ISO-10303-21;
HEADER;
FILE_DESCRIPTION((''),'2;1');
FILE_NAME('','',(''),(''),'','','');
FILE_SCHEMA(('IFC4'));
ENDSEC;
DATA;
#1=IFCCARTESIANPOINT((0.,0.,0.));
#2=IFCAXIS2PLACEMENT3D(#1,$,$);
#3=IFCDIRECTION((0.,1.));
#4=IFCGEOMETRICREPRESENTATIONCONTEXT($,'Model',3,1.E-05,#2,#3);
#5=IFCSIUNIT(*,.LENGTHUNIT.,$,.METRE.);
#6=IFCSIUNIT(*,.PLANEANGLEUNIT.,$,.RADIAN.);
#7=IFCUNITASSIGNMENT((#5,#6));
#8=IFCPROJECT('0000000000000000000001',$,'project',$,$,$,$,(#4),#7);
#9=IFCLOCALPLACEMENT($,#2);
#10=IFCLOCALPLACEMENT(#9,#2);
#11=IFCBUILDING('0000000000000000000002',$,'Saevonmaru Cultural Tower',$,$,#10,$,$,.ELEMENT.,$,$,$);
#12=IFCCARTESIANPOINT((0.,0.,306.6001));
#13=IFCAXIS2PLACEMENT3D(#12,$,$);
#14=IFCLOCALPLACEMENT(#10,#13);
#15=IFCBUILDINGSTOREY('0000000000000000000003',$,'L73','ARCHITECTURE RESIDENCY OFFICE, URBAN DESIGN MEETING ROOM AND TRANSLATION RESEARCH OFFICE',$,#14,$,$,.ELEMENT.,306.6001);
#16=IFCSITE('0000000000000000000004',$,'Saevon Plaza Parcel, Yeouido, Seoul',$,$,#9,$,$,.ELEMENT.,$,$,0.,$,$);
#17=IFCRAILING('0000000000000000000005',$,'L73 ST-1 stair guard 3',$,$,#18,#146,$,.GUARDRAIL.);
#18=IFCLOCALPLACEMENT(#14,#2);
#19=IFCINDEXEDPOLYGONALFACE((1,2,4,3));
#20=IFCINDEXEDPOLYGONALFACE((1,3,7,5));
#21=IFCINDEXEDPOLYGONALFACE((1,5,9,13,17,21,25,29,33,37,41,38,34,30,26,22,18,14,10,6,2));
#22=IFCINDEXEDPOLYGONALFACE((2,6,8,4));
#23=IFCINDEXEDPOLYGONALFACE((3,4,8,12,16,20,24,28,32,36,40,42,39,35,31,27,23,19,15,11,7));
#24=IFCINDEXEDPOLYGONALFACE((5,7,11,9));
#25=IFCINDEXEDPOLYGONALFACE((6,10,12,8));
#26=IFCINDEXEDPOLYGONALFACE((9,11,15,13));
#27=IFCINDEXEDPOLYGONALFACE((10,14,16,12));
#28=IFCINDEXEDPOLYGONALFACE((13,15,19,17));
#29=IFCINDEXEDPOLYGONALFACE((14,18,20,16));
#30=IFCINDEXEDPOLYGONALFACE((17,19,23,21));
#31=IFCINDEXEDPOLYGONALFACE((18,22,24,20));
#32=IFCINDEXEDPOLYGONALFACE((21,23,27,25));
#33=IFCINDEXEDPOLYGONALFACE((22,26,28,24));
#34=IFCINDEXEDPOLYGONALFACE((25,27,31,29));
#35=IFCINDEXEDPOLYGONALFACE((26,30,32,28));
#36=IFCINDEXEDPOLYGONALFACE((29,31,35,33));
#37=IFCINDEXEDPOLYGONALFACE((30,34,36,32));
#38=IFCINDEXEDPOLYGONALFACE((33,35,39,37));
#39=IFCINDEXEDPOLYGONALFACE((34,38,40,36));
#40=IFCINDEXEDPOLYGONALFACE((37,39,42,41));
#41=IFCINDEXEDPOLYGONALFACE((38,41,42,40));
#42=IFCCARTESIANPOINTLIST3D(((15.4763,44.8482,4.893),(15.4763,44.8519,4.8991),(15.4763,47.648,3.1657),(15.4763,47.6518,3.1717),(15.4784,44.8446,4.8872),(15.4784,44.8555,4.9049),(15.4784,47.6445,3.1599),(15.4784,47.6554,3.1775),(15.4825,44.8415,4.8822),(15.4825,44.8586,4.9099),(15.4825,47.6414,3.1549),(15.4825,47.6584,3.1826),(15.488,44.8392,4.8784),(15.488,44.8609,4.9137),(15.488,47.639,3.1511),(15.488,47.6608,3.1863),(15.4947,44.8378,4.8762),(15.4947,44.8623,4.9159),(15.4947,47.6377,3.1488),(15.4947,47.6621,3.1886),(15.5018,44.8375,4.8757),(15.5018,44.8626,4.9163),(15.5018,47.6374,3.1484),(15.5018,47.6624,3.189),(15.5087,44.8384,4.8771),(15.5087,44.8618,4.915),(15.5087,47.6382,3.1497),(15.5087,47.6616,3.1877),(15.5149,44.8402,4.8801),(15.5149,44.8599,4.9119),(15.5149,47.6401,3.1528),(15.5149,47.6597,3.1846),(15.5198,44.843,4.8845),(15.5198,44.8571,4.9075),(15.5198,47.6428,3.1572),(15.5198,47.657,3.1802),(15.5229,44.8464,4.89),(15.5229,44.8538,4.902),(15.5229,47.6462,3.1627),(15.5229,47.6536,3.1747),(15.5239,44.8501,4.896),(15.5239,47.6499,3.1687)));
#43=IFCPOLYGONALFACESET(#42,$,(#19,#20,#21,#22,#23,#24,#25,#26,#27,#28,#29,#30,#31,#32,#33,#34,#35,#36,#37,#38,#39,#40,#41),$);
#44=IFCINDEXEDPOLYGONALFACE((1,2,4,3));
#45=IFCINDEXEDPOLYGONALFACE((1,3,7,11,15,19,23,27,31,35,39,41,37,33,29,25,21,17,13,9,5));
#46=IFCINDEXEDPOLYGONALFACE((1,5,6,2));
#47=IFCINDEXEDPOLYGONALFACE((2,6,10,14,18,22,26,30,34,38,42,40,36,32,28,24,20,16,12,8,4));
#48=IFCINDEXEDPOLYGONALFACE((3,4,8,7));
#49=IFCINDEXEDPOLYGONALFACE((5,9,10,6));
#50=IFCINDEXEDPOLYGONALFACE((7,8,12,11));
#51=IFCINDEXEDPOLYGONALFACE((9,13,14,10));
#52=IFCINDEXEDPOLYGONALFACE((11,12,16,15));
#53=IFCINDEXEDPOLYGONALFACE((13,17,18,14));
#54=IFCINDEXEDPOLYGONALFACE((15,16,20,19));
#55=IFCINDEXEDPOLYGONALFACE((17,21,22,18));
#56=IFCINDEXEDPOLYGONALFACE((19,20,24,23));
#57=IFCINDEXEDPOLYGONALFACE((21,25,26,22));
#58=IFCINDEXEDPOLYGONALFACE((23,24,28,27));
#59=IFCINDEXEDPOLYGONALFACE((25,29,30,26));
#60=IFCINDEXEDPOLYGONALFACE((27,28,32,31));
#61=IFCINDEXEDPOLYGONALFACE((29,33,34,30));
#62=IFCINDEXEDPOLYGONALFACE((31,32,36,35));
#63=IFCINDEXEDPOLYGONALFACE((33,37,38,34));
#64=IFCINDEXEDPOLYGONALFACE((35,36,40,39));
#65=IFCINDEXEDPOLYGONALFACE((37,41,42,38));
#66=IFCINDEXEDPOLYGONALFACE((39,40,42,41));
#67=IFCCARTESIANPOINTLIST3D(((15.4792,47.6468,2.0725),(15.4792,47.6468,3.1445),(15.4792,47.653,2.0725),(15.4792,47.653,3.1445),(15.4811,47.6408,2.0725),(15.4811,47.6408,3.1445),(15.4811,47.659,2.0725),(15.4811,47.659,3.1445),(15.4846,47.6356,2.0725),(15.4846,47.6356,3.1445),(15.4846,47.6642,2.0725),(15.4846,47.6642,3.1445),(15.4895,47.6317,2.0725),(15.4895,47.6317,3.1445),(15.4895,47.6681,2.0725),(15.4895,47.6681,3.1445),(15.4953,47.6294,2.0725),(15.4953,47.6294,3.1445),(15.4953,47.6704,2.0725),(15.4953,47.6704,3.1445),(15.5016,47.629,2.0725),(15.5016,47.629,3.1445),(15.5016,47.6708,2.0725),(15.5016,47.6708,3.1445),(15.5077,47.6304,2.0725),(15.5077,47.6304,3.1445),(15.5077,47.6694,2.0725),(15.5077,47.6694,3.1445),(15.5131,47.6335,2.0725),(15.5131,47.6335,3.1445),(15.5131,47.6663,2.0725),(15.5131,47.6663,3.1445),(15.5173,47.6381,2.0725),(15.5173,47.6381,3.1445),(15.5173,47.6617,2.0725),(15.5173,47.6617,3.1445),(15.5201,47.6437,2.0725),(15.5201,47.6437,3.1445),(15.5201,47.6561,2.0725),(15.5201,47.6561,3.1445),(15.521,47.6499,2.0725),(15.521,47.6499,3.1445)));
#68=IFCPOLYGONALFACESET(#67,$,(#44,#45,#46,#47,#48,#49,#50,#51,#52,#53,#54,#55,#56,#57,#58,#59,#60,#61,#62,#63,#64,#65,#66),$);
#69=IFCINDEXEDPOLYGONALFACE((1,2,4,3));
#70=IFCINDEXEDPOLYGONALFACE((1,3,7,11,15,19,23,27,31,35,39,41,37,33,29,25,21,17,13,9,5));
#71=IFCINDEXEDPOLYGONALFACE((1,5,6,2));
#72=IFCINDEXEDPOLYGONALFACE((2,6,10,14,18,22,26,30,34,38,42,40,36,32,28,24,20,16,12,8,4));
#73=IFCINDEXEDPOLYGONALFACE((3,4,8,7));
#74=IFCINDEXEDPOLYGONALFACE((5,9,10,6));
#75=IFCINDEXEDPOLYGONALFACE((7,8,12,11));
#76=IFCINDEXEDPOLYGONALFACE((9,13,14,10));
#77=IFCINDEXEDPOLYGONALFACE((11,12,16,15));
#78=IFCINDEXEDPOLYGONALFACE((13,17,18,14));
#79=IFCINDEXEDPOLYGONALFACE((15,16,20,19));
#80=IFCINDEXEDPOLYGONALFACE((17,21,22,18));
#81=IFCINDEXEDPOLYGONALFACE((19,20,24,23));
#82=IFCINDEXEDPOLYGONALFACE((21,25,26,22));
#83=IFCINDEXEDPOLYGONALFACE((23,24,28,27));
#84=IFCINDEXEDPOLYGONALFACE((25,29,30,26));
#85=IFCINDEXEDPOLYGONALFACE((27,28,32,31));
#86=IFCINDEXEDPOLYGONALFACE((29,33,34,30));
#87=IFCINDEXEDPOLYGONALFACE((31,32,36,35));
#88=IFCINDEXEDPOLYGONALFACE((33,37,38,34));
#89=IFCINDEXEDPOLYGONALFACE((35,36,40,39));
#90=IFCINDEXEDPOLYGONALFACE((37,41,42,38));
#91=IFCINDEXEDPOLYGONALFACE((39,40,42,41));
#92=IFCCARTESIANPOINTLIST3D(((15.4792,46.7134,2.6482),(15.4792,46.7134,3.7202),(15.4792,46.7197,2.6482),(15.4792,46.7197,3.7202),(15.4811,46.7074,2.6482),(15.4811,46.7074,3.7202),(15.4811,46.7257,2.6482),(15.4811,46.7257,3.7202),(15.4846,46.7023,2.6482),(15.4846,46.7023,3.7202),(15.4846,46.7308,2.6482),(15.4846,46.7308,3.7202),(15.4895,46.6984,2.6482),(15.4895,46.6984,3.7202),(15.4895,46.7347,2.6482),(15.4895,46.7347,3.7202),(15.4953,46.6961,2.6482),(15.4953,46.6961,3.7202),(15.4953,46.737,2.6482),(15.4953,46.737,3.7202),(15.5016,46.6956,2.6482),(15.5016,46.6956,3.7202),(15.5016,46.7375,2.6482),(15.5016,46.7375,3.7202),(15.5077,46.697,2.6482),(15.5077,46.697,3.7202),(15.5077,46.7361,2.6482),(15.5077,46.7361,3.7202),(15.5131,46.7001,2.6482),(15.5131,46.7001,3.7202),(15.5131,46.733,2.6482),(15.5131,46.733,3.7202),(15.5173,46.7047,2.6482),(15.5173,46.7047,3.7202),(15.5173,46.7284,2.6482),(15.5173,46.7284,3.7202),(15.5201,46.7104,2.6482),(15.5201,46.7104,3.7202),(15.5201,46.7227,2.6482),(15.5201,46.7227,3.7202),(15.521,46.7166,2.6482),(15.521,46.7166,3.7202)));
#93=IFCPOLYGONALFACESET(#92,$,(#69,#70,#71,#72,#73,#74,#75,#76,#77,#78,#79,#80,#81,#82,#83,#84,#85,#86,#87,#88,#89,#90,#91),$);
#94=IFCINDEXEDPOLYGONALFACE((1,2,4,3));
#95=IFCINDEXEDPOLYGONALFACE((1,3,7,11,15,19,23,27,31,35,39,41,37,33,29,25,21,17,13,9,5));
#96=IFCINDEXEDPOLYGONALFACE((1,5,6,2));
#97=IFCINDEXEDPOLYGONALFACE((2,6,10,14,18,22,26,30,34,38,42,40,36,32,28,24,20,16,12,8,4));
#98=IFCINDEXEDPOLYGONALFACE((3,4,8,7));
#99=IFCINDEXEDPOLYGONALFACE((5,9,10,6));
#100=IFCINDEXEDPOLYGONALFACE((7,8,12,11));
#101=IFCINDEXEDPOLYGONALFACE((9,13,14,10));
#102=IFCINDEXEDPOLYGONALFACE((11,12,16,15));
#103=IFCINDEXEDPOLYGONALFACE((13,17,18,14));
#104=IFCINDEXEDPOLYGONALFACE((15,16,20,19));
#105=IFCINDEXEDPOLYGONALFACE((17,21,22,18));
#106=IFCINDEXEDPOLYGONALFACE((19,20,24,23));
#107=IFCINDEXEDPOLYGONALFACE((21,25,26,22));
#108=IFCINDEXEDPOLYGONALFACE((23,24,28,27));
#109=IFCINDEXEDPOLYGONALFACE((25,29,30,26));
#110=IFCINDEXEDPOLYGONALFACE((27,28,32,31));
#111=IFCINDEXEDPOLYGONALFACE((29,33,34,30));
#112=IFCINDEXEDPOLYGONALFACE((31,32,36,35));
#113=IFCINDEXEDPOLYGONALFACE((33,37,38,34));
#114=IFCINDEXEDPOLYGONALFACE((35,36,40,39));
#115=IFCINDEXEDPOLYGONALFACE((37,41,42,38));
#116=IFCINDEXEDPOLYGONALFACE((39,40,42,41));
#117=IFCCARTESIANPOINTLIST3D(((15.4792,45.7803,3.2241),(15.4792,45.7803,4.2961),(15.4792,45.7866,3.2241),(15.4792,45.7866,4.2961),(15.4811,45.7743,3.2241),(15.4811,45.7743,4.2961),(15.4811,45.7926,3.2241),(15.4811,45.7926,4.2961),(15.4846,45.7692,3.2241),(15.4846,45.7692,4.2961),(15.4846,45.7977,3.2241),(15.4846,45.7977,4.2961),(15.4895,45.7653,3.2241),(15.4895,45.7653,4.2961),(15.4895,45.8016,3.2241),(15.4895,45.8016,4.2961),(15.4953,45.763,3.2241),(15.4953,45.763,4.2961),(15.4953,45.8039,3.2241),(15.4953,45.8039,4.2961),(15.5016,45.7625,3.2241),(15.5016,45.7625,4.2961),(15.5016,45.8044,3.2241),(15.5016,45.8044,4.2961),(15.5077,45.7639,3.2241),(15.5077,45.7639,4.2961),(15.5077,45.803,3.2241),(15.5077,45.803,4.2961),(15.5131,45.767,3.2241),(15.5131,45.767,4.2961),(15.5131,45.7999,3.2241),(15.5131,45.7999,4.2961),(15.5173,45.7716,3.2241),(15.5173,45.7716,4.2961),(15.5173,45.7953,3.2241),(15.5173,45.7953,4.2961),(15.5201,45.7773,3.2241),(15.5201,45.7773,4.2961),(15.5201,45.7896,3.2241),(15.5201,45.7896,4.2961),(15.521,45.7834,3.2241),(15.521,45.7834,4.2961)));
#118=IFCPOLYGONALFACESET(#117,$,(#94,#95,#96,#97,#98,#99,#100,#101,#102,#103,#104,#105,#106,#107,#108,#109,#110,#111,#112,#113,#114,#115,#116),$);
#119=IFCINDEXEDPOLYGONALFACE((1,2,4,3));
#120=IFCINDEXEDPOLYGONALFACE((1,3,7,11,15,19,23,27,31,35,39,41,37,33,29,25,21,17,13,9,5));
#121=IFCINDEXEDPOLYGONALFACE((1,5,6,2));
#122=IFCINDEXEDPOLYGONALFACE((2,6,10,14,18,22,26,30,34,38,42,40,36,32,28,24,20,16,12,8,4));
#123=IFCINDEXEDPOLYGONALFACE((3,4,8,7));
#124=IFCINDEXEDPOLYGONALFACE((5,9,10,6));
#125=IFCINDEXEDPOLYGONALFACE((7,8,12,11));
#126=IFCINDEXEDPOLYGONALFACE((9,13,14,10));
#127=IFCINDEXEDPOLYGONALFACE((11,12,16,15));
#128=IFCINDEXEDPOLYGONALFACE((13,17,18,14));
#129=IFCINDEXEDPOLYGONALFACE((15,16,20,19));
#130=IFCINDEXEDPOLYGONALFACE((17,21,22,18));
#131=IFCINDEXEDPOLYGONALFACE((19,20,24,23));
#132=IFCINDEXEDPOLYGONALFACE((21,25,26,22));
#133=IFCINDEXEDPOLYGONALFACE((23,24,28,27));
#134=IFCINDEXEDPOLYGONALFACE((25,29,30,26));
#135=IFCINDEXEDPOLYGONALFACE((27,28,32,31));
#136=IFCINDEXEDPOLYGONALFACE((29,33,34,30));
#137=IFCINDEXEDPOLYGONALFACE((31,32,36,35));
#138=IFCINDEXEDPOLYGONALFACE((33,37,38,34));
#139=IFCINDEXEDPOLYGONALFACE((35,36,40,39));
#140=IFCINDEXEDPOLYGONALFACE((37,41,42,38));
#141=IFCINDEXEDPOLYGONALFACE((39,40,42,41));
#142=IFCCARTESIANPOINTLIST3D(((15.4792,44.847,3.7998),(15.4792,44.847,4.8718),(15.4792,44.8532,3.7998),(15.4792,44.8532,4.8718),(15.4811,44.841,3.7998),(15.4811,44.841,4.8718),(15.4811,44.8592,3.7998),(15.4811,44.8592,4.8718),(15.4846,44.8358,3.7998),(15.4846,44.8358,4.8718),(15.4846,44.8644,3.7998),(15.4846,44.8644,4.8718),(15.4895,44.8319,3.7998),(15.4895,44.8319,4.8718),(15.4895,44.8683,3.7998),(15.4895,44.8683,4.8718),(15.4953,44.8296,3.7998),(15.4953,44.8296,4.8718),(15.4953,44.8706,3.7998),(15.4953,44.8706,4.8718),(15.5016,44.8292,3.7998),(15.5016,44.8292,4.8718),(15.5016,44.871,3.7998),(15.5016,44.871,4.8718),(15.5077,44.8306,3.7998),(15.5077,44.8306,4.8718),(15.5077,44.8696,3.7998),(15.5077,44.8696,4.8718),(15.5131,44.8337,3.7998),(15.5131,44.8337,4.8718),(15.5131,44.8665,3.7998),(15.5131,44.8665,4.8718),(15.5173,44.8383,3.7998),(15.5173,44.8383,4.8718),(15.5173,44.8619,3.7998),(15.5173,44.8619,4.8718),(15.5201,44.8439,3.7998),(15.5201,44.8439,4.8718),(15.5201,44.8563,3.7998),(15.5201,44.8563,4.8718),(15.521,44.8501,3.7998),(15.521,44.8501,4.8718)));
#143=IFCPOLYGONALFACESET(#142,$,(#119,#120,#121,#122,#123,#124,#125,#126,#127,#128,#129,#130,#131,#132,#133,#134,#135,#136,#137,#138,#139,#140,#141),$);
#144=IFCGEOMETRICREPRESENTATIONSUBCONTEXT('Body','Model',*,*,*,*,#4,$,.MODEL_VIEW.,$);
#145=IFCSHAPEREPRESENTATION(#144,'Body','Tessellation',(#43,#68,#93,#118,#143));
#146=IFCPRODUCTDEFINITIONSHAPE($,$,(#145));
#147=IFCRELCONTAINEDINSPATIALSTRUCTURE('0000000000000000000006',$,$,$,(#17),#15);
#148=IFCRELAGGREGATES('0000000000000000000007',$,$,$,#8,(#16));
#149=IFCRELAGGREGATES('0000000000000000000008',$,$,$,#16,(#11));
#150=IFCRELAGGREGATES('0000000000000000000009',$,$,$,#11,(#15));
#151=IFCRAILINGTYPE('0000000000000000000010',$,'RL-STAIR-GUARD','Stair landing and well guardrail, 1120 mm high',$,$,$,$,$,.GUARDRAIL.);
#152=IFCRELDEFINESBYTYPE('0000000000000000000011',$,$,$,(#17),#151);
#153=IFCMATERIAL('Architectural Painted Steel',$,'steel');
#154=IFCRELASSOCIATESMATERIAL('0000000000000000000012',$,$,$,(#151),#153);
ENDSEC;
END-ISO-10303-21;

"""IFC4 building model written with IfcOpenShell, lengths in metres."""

from ifc_helpers import new_model, si_unit, direction, frame, origin, origin_2d, place, context, subcontext, project, spatial, circle, extrude, material, type_object, element, save


model = new_model("IFC4")

# Units and contexts
model_context = context("Model", 3, precision=1e-05, world=origin(), true_north=direction((0.0, 1.0)))
body_context = subcontext(model_context, "Body", "Model", "MODEL_VIEW")
ifc_project = project(units=[si_unit("LENGTHUNIT", "METRE"), si_unit("PLANEANGLEUNIT", "RADIAN")], contexts=[model_context])

# Site, building, storey
site_placement = place(None, origin())
site = spatial("IfcSite", under=ifc_project, at=site_placement, Name="Saevon Plaza Parcel, Yeouido, Seoul", CompositionType="ELEMENT", RefElevation=0.0)
building_placement = place(site_placement, origin())
building = spatial("IfcBuilding", under=site, at=building_placement, Name="Saevonmaru Cultural Tower", CompositionType="ELEMENT")
storey_placement = place(building_placement, frame((0.0, 0.0, 306.6001)))
storey = spatial("IfcBuildingStorey", under=building, at=storey_placement, Name="L73", Description="ARCHITECTURE RESIDENCY OFFICE, URBAN DESIGN MEETING ROOM AND TRANSLATION RESEARCH OFFICE", CompositionType="ELEMENT", Elevation=306.6001)

# Railing
ifc_material_1 = material(Name="Architectural Painted Steel", Category="steel")
railing_type_1 = type_object("IfcRailingType", Name="RL-STAIR-GUARD", Description="Stair landing and well guardrail, 1120 mm high", PredefinedType="GUARDRAIL", material=ifc_material_1)
railing_1_placement = place(storey_placement, frame((15.5, 47.6499, 2.0725)))
element("IfcRailing", 1, at=railing_1_placement, inside=storey, type_object=railing_type_1, Name="L73 ST-1 stair guard 3", PredefinedType="GUARDRAIL", context=body_context, shape_type="SweptSolid", body=[
    extrude(circle(Radius=0.0239, at=origin_2d()), frame((0.0, 0.0, 1.0962), z_axis=(0.0, -0.851069, 0.525054), x_axis=(1.0, 0.0, 0.0)), (0.0, 0.0, 1.0), 3.2898),
    extrude(circle(Radius=0.021, at=origin_2d()), origin(), (0.0, 0.0, 1.0), 1.072),
    extrude(circle(Radius=0.021, at=origin_2d()), frame((0.0, -0.9333, 0.5757)), (0.0, 0.0, 1.0), 1.072),
    extrude(circle(Radius=0.021, at=origin_2d()), frame((0.0, -1.8665, 1.1516)), (0.0, 0.0, 1.0), 1.072),
    extrude(circle(Radius=0.021, at=origin_2d()), frame((0.0, -2.7998, 1.7273)), (0.0, 0.0, 1.0), 1.072),
])

save(model, "model.ifc")
